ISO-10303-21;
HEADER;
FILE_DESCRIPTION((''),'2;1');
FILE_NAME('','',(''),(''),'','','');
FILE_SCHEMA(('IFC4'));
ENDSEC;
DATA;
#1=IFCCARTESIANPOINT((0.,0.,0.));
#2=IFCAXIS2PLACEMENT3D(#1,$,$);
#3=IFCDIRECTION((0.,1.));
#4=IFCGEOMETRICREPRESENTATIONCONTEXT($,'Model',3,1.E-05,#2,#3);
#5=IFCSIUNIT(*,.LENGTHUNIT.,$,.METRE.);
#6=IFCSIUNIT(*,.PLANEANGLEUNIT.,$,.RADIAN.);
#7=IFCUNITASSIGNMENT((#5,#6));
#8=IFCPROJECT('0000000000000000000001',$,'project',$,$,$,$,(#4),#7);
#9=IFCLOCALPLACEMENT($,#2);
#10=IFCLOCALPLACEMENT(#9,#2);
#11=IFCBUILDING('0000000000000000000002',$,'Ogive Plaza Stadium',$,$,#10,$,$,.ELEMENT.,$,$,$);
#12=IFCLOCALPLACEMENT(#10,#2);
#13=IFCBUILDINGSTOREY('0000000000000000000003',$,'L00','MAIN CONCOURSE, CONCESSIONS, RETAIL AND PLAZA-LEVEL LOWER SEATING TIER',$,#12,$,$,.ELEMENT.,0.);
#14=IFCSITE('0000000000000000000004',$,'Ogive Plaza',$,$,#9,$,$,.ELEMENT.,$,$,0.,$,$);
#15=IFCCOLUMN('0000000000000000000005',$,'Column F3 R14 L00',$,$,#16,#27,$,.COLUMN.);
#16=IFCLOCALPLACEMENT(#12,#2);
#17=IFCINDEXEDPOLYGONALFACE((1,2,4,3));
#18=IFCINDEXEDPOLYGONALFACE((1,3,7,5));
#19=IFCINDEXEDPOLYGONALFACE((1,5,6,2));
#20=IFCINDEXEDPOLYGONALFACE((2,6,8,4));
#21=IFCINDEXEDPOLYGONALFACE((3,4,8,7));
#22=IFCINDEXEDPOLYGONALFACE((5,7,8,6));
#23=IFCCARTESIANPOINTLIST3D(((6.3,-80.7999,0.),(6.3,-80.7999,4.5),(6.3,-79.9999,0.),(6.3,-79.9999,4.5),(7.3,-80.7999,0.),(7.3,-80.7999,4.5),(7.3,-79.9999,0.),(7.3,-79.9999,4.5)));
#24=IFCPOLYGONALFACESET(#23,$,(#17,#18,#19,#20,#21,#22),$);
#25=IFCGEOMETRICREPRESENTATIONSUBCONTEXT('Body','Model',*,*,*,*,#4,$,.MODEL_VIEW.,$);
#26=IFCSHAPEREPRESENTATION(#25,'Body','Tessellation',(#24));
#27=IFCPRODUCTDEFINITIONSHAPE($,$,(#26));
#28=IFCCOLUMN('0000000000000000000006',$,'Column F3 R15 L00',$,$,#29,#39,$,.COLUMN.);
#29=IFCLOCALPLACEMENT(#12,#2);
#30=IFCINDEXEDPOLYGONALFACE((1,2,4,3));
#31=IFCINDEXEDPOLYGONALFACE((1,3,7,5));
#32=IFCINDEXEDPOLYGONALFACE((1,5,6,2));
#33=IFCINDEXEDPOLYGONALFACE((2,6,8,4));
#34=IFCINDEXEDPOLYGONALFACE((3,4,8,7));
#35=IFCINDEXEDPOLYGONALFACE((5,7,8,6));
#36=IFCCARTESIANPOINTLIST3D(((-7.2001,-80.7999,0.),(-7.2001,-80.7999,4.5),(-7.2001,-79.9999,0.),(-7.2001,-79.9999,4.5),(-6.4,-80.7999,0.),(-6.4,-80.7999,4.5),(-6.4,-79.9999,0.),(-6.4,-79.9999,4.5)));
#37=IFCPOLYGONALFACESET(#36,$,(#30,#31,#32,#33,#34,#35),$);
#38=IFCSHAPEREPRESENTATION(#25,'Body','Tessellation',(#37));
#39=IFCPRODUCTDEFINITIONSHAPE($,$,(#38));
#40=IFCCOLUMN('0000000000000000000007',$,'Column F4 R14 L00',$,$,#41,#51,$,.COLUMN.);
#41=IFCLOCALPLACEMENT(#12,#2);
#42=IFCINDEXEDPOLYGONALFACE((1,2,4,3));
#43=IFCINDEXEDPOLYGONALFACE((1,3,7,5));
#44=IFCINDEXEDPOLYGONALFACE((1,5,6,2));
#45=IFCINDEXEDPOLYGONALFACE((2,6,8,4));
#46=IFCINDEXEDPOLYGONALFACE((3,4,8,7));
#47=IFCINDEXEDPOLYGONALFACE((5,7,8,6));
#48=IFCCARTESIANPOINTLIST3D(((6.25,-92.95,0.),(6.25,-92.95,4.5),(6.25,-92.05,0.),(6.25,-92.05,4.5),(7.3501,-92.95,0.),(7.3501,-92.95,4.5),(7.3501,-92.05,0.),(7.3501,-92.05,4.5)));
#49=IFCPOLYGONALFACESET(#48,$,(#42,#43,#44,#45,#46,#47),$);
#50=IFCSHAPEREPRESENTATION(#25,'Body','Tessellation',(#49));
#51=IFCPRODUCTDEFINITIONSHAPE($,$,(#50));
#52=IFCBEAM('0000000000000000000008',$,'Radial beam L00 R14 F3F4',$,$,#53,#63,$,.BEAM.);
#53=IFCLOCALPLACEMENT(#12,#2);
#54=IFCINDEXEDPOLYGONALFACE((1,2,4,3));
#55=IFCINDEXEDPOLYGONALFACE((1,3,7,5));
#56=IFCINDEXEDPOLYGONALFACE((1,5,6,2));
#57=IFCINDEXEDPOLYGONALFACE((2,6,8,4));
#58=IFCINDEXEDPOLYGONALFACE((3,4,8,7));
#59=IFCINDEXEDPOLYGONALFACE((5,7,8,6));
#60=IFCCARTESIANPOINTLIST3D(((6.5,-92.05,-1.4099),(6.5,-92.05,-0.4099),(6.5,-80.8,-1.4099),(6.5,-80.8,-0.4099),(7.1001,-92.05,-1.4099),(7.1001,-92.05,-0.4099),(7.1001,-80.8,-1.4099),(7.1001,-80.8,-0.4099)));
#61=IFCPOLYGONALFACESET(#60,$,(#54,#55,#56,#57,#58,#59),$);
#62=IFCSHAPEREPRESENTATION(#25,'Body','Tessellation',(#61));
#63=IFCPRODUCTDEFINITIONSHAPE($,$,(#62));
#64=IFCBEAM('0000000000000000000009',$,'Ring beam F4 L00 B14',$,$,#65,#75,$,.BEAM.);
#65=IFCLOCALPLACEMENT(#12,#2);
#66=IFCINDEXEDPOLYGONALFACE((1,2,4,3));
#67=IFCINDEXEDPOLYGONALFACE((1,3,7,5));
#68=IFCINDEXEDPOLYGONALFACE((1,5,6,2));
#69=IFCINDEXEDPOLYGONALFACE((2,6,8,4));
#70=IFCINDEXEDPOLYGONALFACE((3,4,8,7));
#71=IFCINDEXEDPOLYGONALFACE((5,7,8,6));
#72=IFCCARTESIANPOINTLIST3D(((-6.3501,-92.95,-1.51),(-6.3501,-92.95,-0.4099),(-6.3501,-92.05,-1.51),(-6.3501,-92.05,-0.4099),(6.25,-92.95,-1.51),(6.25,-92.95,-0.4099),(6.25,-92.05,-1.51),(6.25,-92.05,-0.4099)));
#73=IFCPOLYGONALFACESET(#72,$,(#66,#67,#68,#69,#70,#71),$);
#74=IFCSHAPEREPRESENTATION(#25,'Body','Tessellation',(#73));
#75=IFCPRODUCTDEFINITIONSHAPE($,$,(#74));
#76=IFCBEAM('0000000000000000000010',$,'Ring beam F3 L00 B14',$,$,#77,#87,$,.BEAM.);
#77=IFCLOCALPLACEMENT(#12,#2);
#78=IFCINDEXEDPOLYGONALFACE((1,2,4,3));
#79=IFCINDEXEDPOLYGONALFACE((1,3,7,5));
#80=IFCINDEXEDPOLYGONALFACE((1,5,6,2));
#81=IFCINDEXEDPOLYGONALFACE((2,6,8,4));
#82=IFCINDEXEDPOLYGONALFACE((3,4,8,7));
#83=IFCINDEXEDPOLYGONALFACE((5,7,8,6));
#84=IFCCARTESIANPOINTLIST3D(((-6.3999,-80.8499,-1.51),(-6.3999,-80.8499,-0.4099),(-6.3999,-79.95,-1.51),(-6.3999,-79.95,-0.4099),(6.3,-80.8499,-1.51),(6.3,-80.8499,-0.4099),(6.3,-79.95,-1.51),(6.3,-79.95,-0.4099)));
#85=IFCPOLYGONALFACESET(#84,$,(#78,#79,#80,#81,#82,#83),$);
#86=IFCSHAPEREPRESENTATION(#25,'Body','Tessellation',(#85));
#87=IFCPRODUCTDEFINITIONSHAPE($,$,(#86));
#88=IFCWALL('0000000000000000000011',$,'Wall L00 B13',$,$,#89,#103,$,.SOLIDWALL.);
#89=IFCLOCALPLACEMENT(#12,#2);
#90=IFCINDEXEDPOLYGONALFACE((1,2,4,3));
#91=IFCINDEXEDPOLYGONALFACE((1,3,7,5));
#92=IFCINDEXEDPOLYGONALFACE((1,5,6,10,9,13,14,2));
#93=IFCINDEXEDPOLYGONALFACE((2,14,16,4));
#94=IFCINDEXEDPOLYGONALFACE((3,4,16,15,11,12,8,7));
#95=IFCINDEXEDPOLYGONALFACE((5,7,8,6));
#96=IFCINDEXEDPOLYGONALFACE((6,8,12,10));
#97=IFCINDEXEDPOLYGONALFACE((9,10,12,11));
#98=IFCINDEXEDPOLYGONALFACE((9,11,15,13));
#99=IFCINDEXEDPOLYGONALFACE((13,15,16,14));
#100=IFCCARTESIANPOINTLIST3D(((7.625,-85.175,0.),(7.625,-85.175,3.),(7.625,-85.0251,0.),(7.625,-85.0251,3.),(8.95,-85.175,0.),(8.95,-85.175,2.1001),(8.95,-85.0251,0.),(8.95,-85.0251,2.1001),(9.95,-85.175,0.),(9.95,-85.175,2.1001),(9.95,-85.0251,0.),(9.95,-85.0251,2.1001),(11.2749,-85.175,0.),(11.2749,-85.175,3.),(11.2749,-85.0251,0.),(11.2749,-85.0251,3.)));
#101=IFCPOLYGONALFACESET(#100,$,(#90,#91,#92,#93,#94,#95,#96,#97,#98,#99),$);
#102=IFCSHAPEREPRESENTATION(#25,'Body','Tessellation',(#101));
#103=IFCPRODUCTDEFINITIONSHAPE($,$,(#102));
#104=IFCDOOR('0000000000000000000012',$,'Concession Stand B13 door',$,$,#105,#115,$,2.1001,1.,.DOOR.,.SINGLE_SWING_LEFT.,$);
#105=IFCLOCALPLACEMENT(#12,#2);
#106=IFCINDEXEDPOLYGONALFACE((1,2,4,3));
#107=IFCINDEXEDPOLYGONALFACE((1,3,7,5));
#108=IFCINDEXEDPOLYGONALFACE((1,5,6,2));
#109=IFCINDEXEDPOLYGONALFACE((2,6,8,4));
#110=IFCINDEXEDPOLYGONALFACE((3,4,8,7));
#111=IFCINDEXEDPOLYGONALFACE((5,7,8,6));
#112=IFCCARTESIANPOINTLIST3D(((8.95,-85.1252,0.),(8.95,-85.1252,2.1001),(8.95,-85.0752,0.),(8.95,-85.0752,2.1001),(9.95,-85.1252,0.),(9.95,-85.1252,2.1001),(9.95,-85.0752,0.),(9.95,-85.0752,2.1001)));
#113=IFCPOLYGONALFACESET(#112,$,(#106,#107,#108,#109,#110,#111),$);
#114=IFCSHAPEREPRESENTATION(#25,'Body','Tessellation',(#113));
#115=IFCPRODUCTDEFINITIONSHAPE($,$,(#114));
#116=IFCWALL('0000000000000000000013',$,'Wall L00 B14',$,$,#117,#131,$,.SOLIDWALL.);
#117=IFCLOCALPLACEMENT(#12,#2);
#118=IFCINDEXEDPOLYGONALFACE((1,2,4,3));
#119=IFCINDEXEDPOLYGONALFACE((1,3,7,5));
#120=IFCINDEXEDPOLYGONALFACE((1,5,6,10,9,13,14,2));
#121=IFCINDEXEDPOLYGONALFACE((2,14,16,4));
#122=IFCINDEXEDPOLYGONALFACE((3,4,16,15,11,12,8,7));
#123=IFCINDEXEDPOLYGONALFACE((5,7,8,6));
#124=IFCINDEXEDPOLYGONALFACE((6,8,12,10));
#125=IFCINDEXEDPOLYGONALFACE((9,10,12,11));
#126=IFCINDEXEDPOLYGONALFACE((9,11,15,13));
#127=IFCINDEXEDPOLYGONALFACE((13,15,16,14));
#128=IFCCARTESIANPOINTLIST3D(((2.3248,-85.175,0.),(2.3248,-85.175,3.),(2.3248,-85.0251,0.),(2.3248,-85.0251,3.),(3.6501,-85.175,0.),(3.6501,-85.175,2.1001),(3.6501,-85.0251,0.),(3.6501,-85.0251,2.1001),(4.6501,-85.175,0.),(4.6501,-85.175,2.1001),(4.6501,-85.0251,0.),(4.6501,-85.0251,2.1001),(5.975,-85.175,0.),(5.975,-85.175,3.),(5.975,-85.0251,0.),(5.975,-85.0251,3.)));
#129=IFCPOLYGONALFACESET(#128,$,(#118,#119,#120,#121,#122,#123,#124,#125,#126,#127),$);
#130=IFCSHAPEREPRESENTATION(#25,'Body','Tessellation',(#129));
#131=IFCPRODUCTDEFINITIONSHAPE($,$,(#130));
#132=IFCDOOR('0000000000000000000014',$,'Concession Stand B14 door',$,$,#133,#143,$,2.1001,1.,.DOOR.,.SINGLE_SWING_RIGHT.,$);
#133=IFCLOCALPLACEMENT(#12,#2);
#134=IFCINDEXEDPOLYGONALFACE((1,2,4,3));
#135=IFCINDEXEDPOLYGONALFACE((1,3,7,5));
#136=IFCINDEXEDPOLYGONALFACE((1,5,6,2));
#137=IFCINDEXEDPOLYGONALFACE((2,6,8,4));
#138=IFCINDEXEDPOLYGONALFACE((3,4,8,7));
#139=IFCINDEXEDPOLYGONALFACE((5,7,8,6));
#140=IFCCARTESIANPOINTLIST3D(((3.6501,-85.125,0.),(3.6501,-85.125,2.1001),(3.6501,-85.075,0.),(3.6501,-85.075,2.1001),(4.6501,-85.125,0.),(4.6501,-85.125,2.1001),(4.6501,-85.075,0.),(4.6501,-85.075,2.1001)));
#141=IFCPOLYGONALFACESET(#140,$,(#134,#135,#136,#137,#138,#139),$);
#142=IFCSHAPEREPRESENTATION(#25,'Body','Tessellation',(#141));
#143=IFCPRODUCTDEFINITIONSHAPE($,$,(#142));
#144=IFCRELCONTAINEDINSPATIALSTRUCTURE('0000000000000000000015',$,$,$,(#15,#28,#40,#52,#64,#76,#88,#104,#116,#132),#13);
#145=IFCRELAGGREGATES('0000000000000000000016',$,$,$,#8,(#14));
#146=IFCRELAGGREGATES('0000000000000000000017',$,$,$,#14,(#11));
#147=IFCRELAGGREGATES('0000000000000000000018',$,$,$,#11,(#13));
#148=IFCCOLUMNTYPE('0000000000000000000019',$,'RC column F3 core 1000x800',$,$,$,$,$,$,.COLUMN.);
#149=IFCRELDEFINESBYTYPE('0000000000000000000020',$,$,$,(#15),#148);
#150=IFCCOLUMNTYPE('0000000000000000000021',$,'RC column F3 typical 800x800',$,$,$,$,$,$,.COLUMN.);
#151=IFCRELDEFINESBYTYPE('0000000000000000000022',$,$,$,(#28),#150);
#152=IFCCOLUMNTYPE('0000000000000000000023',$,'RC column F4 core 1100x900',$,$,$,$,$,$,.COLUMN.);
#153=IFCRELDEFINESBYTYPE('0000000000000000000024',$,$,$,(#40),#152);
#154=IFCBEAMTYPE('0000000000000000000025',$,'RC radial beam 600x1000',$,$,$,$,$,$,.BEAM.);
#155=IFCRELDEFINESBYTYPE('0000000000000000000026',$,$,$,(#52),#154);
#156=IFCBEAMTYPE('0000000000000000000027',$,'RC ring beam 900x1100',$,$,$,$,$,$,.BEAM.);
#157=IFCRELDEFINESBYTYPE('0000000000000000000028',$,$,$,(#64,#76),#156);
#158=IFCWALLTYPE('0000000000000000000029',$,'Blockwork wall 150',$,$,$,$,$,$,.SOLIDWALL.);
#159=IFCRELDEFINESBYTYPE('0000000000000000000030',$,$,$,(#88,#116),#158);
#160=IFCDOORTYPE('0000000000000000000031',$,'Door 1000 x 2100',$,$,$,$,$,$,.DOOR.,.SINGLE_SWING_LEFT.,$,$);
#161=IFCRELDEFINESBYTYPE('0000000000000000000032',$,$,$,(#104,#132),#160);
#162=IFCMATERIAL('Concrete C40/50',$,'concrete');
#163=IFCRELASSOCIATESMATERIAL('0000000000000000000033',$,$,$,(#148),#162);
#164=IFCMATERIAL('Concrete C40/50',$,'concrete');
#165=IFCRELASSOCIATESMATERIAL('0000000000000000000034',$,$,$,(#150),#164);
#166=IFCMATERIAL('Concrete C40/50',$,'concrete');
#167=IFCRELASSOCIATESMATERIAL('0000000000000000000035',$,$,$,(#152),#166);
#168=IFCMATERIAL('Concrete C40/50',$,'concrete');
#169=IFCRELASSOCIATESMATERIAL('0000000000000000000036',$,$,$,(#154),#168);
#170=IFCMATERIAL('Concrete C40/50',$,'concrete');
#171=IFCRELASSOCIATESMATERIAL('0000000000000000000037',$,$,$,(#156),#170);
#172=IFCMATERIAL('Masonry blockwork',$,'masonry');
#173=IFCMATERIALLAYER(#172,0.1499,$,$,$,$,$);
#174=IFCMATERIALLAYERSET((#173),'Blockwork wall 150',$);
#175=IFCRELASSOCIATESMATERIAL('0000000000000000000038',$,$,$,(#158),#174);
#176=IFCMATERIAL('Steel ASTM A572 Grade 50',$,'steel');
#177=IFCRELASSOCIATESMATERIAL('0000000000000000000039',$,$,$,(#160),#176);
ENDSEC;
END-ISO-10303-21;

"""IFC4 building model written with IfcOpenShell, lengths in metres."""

from ifc_helpers import new_model, si_unit, direction, frame, frame_2d, origin, origin_2d, place, context, subcontext, project, spatial, rectangle, extrude, material, layer, layer_set, material_profile, profile_set, type_object, element, fill, save


model = new_model("IFC4")

# Units and contexts
model_context = context("Model", 3, precision=1e-05, world=origin(), true_north=direction((0.0, 1.0)))
body_context = subcontext(model_context, "Body", "Model", "MODEL_VIEW")
ifc_project = project(units=[si_unit("LENGTHUNIT", "METRE"), si_unit("PLANEANGLEUNIT", "RADIAN")], contexts=[model_context])

# Site, building, storey
site_placement = place(None, origin())
site = spatial("IfcSite", under=ifc_project, at=site_placement, Name="Ogive Plaza", CompositionType="ELEMENT", RefElevation=0.0)
building_placement = place(site_placement, origin())
building = spatial("IfcBuilding", under=site, at=building_placement, Name="Ogive Plaza Stadium", CompositionType="ELEMENT")
storey_placement = place(building_placement, origin())
storey = spatial("IfcBuildingStorey", under=building, at=storey_placement, Name="L00", Description="MAIN CONCOURSE, CONCESSIONS, RETAIL AND PLAZA-LEVEL LOWER SEATING TIER", CompositionType="ELEMENT", Elevation=0.0)

# Columns
ifc_material_1 = material(Name="Concrete C40/50", Category="concrete")
ifc_material_profile_1 = material_profile(ifc_material_1, rectangle(XDim=1.0, YDim=0.8, at=origin_2d()), Name="RC 1000x800")
ifc_profile_set_1 = profile_set([ifc_material_profile_1], Name="Concrete C40/50")
column_type_1 = type_object("IfcColumnType", Name="RC column F3 core 1000x800", PredefinedType="COLUMN", material=ifc_profile_set_1)
column_1_placement = place(storey_placement, frame((6.8, -80.3999, 0.0), z_axis=(0.0, 0.0, 1.0), x_axis=(1.0, 0.0, 0.0)))
element("IfcColumn", 1, at=column_1_placement, inside=storey, type_object=column_type_1, Name="Column F3 R14 L00", PredefinedType="COLUMN", context=body_context, shape_type="SweptSolid", body=[
    extrude(rectangle(XDim=1.0, YDim=0.8, at=origin_2d()), origin(), (0.0, 0.0, 1.0), 4.5),
])
ifc_material_2 = material(Name="Concrete C40/50", Category="concrete")
ifc_material_profile_2 = material_profile(ifc_material_2, rectangle(XDim=0.8, YDim=0.8, at=origin_2d()), Name="RC 800x800")
ifc_profile_set_2 = profile_set([ifc_material_profile_2], Name="Concrete C40/50")
column_type_2 = type_object("IfcColumnType", Name="RC column F3 typical 800x800", PredefinedType="COLUMN", material=ifc_profile_set_2)
column_2_placement = place(storey_placement, frame((-6.8, -80.3999, 0.0), z_axis=(0.0, 0.0, 1.0), x_axis=(1.0, 0.0, 0.0)))
element("IfcColumn", 2, at=column_2_placement, inside=storey, type_object=column_type_2, Name="Column F3 R15 L00", PredefinedType="COLUMN", context=body_context, shape_type="SweptSolid", body=[
    extrude(rectangle(XDim=0.8, YDim=0.8, at=origin_2d()), origin(), (0.0, 0.0, 1.0), 4.5),
])
ifc_material_3 = material(Name="Concrete C40/50", Category="concrete")
ifc_material_profile_3 = material_profile(ifc_material_3, rectangle(XDim=1.1001, YDim=0.8999, at=origin_2d()), Name="RC 1100x900")
ifc_profile_set_3 = profile_set([ifc_material_profile_3], Name="Concrete C40/50")
column_type_3 = type_object("IfcColumnType", Name="RC column F4 core 1100x900", PredefinedType="COLUMN", material=ifc_profile_set_3)
column_3_placement = place(storey_placement, frame((6.8, -92.5, 0.0), z_axis=(0.0, 0.0, 1.0), x_axis=(1.0, 0.0, 0.0)))
element("IfcColumn", 3, at=column_3_placement, inside=storey, type_object=column_type_3, Name="Column F4 R14 L00", PredefinedType="COLUMN", context=body_context, shape_type="SweptSolid", body=[
    extrude(rectangle(XDim=1.1001, YDim=0.8999, at=origin_2d()), origin(), (0.0, 0.0, 1.0), 4.5),
])

# Beams
ifc_material_4 = material(Name="Concrete C40/50", Category="concrete")
ifc_material_profile_4 = material_profile(ifc_material_4, rectangle(XDim=0.6001, YDim=1.0, at=origin_2d()), Name="RC 600x1000")
ifc_profile_set_4 = profile_set([ifc_material_profile_4], Name="Concrete C40/50")
beam_type_1 = type_object("IfcBeamType", Name="RC radial beam 600x1000", PredefinedType="BEAM", material=ifc_profile_set_4)
beam_1_placement = place(storey_placement, frame((6.8, -80.8, -0.9099), z_axis=(0.0, -1.0, 0.0), x_axis=(1.0, 0.0, 0.0)))
element("IfcBeam", 4, at=beam_1_placement, inside=storey, type_object=beam_type_1, Name="Radial beam L00 R14 F3F4", PredefinedType="BEAM", context=body_context, shape_type="SweptSolid", body=[
    extrude(rectangle(XDim=0.6001, YDim=1.0, at=origin_2d()), origin(), (0.0, 0.0, 1.0), 11.25),
])
ifc_material_5 = material(Name="Concrete C40/50", Category="concrete")
ifc_material_profile_5 = material_profile(ifc_material_5, rectangle(XDim=0.8999, YDim=1.1001, at=origin_2d()), Name="RC 900x1100")
ifc_profile_set_5 = profile_set([ifc_material_profile_5], Name="Concrete C40/50")
beam_type_2 = type_object("IfcBeamType", Name="RC ring beam 900x1100", PredefinedType="BEAM", material=ifc_profile_set_5)
beam_2_placement = place(storey_placement, frame((6.25, -92.5, -0.96), z_axis=(-1.0, 0.0, 0.0), x_axis=(0.0, -1.0, 0.0)))
element("IfcBeam", 5, at=beam_2_placement, inside=storey, type_object=beam_type_2, Name="Ring beam F4 L00 B14", PredefinedType="BEAM", context=body_context, shape_type="SweptSolid", body=[
    extrude(rectangle(XDim=0.8999, YDim=1.1001, at=origin_2d()), origin(), (0.0, 0.0, 1.0), 12.6001),
])
beam_3_placement = place(storey_placement, frame((6.3, -80.3999, -0.96), z_axis=(-1.0, 0.0, 0.0), x_axis=(0.0, -1.0, 0.0)))
element("IfcBeam", 6, at=beam_3_placement, inside=storey, type_object=beam_type_2, Name="Ring beam F3 L00 B14", PredefinedType="BEAM", context=body_context, shape_type="SweptSolid", body=[
    extrude(rectangle(XDim=0.8999, YDim=1.1001, at=origin_2d()), origin(), (0.0, 0.0, 1.0), 12.7),
])

# Walls, openings, doors
ifc_material_6 = material(Name="Masonry blockwork", Category="masonry")
ifc_layer_1 = layer(ifc_material_6, 0.1499)
ifc_layer_set_1 = layer_set([ifc_layer_1], Name="Blockwork wall 150")
wall_type_1 = type_object("IfcWallType", Name="Blockwork wall 150", PredefinedType="SOLIDWALL", material=ifc_layer_set_1)
wall_1_placement = place(storey_placement, frame((7.625, -85.1001, 0.0), z_axis=(0.0, 0.0, 1.0), x_axis=(1.0, 0.0, 0.0)))
wall_1 = element("IfcWall", 7, at=wall_1_placement, inside=storey, type_object=wall_type_1, Name="Wall L00 B13", PredefinedType="SOLIDWALL", context=body_context, shape_type="SweptSolid", body=[
    extrude(rectangle(XDim=3.6499, YDim=0.1499, at=frame_2d((1.825, 0.0))), origin(), (0.0, 0.0, 1.0), 3.0),
])
opening_1_placement = place(wall_1_placement, frame((1.325, 0.0, 0.0)))
opening_1 = element("IfcOpeningElement", 8, at=opening_1_placement, cuts=wall_1, PredefinedType="OPENING", context=body_context, shape_type="SweptSolid", body=[
    extrude(rectangle(XDim=1.0, YDim=2.1001, at=frame_2d((0.5, 1.05))), frame((0.0, 0.075, 0.0), z_axis=(0.0, -1.0, 0.0), x_axis=(1.0, 0.0, 0.0)), (0.0, 0.0, 1.0), 0.1499),
])
ifc_material_7 = material(Name="Steel ASTM A572 Grade 50", Category="steel")
door_type_1 = type_object("IfcDoorType", Name="Door 1000 x 2100", OperationType="SINGLE_SWING_LEFT", PredefinedType="DOOR", material=ifc_material_7)
door_1_placement = place(opening_1_placement, origin())
door_1 = element("IfcDoor", 9, at=door_1_placement, inside=storey, type_object=door_type_1, Name="Concession Stand B13 door", OperationType="SINGLE_SWING_LEFT", OverallHeight=2.1001, OverallWidth=1.0, PredefinedType="DOOR", context=body_context, shape_type="SweptSolid", body=[
    extrude(rectangle(XDim=1.0, YDim=2.1001, at=frame_2d((0.5, 1.05))), frame((0.0, 0.0249, 0.0), z_axis=(0.0, -1.0, 0.0), x_axis=(1.0, 0.0, 0.0)), (0.0, 0.0, 1.0), 0.05),
])
fill(opening_1, door_1)
wall_2_placement = place(storey_placement, frame((5.9751, -85.1001, 0.0), z_axis=(0.0, 0.0, 1.0), x_axis=(-1.0, 0.0, 0.0)))
wall_2 = element("IfcWall", 10, at=wall_2_placement, inside=storey, type_object=wall_type_1, Name="Wall L00 B14", PredefinedType="SOLIDWALL", context=body_context, shape_type="SweptSolid", body=[
    extrude(rectangle(XDim=3.6501, YDim=0.1499, at=frame_2d((1.8252, 0.0))), origin(), (0.0, 0.0, 1.0), 3.0),
])
opening_2_placement = place(wall_2_placement, frame((1.325, 0.0, 0.0)))
opening_2 = element("IfcOpeningElement", 11, at=opening_2_placement, cuts=wall_2, PredefinedType="OPENING", context=body_context, shape_type="SweptSolid", body=[
    extrude(rectangle(XDim=1.0, YDim=2.1001, at=frame_2d((0.5, 1.05))), frame((0.0, 0.075, 0.0), z_axis=(0.0, -1.0, 0.0), x_axis=(1.0, 0.0, 0.0)), (0.0, 0.0, 1.0), 0.1499),
])
door_2_placement = place(opening_2_placement, origin())
door_2 = element("IfcDoor", 12, at=door_2_placement, inside=storey, type_object=door_type_1, Name="Concession Stand B14 door", OperationType="SINGLE_SWING_RIGHT", OverallHeight=2.1001, OverallWidth=1.0, PredefinedType="DOOR", context=body_context, shape_type="SweptSolid", body=[
    extrude(rectangle(XDim=1.0, YDim=2.1001, at=frame_2d((0.5, 1.05))), frame((0.0, 0.0249, 0.0), z_axis=(0.0, -1.0, 0.0), x_axis=(1.0, 0.0, 0.0)), (0.0, 0.0, 1.0), 0.05),
])
fill(opening_2, door_2)

save(model, "model.ifc")
